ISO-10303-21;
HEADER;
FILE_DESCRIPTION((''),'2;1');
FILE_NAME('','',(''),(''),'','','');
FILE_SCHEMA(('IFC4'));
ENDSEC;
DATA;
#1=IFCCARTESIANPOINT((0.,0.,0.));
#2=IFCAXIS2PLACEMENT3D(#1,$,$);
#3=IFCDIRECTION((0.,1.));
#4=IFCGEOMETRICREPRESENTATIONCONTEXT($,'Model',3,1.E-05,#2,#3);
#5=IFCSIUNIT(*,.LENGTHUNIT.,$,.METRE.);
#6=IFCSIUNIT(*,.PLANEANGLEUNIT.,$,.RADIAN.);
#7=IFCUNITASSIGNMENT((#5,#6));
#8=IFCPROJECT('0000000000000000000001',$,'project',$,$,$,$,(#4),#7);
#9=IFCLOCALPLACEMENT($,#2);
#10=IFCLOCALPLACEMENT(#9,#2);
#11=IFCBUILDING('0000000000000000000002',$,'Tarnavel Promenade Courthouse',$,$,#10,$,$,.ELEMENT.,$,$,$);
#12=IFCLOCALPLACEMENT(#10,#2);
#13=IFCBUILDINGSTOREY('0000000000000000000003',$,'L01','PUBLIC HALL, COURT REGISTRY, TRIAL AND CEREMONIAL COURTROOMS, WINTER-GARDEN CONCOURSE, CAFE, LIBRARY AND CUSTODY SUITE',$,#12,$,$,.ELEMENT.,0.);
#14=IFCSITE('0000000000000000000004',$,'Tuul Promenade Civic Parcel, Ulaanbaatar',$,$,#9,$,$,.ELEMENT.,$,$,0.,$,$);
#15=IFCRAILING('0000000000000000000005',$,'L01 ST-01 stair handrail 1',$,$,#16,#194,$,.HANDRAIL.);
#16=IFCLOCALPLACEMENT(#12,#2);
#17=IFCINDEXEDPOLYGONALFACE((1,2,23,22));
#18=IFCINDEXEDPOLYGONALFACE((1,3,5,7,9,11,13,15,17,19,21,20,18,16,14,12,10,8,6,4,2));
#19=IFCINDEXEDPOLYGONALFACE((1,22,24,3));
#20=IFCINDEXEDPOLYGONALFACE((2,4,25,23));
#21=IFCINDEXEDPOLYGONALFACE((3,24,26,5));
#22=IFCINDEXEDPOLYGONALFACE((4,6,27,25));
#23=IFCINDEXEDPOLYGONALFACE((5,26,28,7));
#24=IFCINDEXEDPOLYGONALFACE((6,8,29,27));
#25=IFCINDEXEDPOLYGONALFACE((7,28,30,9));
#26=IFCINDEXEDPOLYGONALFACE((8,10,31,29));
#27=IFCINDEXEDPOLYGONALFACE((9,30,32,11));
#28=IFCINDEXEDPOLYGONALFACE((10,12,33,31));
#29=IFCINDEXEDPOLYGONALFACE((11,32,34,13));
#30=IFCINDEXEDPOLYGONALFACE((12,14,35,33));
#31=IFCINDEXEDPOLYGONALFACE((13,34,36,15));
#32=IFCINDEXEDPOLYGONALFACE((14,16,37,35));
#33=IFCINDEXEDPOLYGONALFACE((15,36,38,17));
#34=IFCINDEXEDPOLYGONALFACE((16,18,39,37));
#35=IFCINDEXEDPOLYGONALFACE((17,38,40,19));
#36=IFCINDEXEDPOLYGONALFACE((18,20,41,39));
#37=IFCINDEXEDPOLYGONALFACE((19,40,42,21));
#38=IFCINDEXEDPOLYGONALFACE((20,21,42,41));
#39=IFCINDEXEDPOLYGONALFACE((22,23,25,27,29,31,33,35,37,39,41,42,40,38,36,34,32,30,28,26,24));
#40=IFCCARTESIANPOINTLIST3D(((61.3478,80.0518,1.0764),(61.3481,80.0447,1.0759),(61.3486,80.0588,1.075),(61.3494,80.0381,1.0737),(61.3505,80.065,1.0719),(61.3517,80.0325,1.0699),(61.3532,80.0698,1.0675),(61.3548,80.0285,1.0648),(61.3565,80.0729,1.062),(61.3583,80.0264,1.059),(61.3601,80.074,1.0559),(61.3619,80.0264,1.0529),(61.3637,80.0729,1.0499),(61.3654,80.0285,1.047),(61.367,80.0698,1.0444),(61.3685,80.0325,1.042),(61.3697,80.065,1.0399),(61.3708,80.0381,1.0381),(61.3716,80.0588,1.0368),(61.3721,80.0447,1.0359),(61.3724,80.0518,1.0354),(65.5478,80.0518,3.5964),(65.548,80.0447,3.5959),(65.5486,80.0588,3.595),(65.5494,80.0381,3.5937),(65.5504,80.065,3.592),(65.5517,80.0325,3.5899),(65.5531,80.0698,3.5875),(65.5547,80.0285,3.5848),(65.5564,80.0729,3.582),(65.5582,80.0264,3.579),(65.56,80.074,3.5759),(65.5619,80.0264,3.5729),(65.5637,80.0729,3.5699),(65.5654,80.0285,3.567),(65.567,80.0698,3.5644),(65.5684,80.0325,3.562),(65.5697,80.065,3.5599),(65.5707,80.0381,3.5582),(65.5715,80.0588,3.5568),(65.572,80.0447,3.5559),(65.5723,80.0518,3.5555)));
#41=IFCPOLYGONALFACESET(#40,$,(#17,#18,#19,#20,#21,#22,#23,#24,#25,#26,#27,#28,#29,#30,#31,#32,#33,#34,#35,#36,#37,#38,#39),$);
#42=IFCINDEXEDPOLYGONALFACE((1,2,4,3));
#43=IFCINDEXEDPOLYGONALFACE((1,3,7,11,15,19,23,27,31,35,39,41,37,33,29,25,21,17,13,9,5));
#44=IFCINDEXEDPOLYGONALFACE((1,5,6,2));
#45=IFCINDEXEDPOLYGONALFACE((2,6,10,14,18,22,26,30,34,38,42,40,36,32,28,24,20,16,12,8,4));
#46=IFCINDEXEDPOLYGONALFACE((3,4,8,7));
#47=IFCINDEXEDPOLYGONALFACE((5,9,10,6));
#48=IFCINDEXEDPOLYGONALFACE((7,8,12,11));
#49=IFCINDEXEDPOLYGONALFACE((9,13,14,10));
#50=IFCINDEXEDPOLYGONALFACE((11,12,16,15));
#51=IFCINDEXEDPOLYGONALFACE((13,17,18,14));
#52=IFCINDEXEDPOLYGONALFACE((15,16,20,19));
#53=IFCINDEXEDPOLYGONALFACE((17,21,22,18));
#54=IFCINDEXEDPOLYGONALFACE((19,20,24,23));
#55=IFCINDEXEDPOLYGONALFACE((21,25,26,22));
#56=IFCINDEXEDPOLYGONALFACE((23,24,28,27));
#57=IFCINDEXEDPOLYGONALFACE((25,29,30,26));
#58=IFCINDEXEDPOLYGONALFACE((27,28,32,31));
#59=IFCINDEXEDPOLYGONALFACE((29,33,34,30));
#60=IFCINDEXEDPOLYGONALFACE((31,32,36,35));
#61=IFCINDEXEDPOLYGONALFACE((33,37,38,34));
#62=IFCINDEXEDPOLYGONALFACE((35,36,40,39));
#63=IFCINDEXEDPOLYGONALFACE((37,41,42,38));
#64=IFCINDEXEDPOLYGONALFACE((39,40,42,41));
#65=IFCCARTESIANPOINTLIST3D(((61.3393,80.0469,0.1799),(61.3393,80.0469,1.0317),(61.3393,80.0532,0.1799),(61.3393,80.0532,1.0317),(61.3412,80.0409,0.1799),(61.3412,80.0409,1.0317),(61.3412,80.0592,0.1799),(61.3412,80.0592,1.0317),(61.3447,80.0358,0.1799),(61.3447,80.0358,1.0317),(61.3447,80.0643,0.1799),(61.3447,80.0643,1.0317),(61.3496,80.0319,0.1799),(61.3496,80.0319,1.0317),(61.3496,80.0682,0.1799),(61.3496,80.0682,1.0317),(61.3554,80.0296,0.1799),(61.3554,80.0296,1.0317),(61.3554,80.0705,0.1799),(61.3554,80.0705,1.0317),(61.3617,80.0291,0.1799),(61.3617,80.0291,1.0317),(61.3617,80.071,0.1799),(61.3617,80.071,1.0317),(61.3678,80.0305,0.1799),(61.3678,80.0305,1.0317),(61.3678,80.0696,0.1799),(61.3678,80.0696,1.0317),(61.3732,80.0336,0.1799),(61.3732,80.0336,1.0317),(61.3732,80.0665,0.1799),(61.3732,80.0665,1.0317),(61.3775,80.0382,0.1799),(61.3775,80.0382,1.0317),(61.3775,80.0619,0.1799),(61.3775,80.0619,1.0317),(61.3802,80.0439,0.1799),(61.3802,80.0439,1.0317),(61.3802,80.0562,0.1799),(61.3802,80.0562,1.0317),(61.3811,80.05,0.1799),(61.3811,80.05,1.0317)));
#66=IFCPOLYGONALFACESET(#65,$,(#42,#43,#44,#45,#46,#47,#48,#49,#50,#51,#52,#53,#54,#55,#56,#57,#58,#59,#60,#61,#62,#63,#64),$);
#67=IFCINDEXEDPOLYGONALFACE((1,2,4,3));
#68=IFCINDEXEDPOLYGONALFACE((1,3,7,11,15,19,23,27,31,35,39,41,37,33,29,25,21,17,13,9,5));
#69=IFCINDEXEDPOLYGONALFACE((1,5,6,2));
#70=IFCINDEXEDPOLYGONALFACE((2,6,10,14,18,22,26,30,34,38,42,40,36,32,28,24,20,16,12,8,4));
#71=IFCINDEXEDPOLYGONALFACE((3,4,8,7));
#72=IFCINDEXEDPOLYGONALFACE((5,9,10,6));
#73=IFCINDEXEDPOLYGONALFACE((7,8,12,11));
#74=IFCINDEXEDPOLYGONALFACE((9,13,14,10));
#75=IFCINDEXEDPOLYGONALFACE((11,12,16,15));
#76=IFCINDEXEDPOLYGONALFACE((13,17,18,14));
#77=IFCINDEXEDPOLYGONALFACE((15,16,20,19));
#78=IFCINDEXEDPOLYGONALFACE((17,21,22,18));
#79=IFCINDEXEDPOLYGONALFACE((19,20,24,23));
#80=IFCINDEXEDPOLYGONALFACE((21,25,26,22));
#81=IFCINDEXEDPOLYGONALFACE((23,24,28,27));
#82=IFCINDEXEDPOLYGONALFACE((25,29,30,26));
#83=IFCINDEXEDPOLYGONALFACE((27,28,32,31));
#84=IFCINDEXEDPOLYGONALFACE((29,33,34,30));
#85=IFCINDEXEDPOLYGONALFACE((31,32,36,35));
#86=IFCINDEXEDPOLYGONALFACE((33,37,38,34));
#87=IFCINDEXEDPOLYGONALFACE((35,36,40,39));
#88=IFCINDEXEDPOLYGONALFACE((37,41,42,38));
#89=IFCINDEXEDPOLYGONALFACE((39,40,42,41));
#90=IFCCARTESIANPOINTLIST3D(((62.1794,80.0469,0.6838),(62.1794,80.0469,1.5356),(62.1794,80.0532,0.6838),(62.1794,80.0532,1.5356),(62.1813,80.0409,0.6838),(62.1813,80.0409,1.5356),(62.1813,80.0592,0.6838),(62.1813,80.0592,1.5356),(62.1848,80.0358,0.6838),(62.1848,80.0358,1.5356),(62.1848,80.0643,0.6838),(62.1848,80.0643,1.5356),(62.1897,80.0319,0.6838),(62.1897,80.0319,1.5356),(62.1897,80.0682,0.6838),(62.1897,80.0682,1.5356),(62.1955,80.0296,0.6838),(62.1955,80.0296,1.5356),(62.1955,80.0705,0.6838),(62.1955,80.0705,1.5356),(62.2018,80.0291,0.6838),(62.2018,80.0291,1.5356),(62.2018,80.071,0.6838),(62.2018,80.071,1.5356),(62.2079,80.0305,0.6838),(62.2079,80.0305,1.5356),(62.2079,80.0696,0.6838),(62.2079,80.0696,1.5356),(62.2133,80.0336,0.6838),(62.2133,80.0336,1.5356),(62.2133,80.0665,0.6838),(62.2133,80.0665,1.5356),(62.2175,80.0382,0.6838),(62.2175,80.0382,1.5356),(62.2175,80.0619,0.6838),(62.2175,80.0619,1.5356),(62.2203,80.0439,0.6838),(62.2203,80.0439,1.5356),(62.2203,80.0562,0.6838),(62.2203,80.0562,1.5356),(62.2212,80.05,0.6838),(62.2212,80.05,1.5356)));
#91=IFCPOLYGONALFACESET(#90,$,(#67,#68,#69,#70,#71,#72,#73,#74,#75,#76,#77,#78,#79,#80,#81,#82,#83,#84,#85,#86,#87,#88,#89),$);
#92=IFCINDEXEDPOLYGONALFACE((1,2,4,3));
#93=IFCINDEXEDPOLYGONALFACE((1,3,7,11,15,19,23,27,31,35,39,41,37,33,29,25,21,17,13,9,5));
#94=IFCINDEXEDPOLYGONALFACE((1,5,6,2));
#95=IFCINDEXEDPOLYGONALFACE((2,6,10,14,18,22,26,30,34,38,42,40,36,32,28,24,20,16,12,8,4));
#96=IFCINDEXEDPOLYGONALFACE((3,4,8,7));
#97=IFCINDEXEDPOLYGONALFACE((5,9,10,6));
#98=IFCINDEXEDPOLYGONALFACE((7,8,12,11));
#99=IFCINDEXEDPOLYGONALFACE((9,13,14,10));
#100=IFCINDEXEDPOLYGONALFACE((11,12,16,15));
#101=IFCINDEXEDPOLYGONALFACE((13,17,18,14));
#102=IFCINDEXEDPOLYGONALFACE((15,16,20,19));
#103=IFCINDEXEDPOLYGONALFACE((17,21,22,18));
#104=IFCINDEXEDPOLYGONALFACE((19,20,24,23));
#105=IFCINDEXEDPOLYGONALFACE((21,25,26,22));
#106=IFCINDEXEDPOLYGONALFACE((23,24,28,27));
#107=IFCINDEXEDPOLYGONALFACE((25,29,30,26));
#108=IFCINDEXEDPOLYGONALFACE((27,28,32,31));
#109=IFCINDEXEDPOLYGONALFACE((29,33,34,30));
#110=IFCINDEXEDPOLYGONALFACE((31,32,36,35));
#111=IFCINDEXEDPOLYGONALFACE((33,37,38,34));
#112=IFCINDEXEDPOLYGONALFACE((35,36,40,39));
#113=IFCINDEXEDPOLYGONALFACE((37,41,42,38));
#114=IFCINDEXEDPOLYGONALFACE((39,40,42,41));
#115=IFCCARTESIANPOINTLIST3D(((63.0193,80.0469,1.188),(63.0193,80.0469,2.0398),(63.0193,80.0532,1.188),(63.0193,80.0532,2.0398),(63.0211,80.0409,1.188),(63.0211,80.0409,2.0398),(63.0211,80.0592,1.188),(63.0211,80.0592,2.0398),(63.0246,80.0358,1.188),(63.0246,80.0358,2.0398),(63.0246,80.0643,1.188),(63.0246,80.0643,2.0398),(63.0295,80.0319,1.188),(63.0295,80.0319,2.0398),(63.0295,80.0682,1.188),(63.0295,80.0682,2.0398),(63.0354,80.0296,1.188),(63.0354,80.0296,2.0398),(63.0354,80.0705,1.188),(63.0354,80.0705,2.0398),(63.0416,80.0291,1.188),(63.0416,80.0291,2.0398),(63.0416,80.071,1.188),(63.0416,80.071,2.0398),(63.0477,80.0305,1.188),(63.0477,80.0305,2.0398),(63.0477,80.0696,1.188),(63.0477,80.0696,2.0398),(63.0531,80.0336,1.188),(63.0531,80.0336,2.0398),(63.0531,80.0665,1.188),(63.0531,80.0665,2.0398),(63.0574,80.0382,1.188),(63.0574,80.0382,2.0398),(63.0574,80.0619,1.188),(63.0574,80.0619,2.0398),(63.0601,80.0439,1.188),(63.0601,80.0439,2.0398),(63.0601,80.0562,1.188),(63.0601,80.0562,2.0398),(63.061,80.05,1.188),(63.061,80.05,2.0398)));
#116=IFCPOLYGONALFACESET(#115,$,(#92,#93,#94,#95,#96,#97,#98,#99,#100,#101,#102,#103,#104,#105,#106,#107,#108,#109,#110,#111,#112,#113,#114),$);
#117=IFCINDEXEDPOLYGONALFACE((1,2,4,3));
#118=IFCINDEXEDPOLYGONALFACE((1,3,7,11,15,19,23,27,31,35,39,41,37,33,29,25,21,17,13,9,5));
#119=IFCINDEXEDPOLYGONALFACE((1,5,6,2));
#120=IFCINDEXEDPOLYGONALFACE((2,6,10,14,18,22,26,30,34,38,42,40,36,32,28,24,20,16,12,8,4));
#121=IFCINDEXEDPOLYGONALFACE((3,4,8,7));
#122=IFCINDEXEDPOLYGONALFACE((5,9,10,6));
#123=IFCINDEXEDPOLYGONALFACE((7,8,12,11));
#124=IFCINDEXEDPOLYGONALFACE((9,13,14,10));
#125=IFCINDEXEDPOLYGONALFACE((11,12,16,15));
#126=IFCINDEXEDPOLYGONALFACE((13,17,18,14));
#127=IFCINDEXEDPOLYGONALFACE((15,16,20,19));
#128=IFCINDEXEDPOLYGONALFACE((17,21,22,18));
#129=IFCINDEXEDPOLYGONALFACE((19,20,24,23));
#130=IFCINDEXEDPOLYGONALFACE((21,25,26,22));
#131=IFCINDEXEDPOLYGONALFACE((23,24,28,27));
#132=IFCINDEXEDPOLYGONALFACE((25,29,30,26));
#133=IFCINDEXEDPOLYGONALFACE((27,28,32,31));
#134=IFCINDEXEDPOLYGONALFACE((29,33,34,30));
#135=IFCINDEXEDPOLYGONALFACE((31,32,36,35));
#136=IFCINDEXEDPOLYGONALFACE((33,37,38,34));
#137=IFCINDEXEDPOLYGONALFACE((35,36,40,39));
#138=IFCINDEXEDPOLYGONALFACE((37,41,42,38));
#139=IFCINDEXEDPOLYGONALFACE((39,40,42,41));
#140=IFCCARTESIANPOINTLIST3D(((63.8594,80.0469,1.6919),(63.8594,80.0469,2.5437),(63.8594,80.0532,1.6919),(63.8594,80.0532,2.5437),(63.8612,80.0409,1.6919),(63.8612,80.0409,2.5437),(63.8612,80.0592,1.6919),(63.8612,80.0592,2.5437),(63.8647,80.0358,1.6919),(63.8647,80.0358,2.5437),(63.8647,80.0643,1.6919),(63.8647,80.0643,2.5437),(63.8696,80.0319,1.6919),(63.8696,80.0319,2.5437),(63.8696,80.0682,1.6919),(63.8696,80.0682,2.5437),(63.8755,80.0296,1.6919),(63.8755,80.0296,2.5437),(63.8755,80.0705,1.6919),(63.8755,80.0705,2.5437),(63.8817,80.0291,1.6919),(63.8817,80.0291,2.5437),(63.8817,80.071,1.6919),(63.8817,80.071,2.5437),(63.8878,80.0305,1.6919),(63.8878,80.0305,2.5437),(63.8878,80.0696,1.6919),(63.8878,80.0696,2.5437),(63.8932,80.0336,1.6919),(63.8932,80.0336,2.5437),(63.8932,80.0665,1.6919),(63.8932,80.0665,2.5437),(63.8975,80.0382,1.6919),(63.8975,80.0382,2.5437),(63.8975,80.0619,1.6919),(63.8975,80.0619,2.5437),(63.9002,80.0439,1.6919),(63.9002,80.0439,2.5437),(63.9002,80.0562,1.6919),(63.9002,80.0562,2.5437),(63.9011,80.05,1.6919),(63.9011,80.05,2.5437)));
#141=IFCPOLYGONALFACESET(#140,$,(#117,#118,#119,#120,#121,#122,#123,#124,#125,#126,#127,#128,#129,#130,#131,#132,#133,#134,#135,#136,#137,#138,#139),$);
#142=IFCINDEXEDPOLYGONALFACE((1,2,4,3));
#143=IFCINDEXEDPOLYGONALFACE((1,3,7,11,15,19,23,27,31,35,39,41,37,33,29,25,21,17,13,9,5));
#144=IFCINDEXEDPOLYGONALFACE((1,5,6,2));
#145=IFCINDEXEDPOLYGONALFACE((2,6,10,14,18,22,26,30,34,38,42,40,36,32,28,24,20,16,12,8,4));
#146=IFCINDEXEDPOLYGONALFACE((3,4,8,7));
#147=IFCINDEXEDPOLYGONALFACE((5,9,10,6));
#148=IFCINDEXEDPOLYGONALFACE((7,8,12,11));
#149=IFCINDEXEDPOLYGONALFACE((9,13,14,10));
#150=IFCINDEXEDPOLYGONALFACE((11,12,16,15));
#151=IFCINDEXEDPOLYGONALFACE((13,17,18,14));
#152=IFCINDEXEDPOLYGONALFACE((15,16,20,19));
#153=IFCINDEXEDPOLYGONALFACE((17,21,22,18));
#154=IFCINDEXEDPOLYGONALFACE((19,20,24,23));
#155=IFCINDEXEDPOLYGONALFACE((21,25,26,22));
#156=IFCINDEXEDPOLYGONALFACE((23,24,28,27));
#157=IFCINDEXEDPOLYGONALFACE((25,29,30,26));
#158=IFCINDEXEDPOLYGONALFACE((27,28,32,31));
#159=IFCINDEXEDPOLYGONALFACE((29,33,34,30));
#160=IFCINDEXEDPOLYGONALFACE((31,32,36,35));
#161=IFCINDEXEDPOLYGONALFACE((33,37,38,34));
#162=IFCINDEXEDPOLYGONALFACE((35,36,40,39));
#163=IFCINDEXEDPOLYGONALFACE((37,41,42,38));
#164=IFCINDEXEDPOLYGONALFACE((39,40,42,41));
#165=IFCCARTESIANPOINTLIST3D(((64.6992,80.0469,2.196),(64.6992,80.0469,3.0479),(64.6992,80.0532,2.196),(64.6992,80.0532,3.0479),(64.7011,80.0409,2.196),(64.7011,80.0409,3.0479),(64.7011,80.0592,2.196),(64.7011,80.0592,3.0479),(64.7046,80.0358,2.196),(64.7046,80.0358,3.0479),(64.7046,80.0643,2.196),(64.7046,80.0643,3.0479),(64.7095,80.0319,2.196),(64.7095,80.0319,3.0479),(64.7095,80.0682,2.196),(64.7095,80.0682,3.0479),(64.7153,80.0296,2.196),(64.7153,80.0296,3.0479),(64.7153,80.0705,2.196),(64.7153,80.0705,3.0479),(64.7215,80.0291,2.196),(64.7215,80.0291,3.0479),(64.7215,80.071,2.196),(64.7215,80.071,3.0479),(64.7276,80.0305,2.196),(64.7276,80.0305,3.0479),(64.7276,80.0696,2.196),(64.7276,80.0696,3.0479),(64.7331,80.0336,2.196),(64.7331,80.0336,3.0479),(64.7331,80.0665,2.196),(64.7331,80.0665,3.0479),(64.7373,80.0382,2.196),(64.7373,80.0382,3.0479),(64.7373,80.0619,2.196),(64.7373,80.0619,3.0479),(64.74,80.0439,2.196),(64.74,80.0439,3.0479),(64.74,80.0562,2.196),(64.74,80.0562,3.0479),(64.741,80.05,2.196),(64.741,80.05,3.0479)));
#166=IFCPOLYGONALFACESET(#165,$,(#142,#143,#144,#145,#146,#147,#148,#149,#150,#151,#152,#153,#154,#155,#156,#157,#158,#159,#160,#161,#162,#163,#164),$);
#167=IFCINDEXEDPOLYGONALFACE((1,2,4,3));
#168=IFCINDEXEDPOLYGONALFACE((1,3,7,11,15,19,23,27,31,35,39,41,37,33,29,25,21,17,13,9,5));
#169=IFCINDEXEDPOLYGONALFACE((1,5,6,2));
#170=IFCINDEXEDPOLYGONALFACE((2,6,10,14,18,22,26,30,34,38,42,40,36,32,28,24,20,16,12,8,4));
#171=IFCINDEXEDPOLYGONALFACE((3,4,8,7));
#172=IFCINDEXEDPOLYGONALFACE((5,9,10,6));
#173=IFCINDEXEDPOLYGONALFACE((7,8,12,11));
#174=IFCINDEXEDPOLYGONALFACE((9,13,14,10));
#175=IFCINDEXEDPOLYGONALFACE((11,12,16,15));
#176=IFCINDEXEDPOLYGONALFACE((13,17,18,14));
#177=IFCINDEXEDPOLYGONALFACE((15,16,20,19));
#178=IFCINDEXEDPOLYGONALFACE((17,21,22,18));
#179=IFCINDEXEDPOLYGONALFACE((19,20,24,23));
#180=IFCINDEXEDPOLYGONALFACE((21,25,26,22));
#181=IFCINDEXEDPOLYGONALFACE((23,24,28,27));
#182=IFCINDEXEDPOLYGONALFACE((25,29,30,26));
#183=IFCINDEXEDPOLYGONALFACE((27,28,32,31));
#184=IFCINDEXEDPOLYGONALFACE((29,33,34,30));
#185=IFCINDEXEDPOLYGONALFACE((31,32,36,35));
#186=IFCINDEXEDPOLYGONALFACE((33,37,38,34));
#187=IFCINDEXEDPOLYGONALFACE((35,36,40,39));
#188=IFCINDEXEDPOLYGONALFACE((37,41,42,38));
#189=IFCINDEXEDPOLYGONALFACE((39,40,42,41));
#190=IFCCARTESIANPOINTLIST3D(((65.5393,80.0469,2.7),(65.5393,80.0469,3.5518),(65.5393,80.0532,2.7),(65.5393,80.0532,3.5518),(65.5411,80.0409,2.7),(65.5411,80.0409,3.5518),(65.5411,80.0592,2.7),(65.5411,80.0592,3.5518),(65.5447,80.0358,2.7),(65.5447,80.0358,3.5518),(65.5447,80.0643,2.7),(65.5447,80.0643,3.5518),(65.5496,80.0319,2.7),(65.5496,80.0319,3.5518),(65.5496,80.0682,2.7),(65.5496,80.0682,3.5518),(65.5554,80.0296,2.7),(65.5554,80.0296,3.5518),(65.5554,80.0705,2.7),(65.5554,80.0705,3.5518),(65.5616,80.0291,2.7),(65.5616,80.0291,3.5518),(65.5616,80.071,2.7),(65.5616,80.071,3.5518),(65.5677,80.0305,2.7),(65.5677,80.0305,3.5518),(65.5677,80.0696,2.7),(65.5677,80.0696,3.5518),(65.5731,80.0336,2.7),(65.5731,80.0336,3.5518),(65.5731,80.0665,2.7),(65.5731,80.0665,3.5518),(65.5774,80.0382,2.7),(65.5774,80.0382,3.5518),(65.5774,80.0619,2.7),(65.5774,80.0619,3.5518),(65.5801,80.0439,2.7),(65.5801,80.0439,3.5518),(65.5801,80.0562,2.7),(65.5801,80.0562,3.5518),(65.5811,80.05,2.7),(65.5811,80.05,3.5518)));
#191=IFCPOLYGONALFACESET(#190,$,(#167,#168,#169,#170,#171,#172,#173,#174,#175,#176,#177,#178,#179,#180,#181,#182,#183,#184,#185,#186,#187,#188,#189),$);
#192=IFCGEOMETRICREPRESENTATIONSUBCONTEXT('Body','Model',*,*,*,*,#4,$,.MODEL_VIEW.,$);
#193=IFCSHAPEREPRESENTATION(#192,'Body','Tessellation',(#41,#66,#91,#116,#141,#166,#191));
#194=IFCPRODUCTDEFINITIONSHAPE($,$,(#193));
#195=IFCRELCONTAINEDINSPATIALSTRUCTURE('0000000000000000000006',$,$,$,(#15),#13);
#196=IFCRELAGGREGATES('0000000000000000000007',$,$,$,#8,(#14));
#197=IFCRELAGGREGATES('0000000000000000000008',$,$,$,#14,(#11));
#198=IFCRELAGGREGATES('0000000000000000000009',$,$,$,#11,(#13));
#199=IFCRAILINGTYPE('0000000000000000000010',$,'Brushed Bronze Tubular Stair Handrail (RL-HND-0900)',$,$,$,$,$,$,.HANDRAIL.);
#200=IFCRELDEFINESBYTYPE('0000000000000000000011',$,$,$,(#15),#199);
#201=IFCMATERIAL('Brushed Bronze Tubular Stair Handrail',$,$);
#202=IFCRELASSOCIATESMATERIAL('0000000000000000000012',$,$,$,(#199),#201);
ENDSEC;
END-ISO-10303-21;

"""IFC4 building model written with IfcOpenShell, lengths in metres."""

from ifc_helpers import new_model, si_unit, direction, frame, origin, origin_2d, place, context, subcontext, project, spatial, circle, extrude, material, type_object, element, save


model = new_model("IFC4")

# Units and contexts
model_context = context("Model", 3, precision=1e-05, world=origin(), true_north=direction((0.0, 1.0)))
body_context = subcontext(model_context, "Body", "Model", "MODEL_VIEW")
ifc_project = project(units=[si_unit("LENGTHUNIT", "METRE"), si_unit("PLANEANGLEUNIT", "RADIAN")], contexts=[model_context])

# Site, building, storey
site_placement = place(None, origin())
site = spatial("IfcSite", under=ifc_project, at=site_placement, Name="Tuul Promenade Civic Parcel, Ulaanbaatar", CompositionType="ELEMENT", RefElevation=0.0)
building_placement = place(site_placement, origin())
building = spatial("IfcBuilding", under=site, at=building_placement, Name="Tarnavel Promenade Courthouse", CompositionType="ELEMENT")
storey_placement = place(building_placement, origin())
storey = spatial("IfcBuildingStorey", under=building, at=storey_placement, Name="L01", Description="PUBLIC HALL, COURT REGISTRY, TRIAL AND CEREMONIAL COURTROOMS, WINTER-GARDEN CONCOURSE, CAFE, LIBRARY AND CUSTODY SUITE", CompositionType="ELEMENT", Elevation=0.0)

# Railing
ifc_material_1 = material(Name="Brushed Bronze Tubular Stair Handrail")
railing_type_1 = type_object("IfcRailingType", Name="Brushed Bronze Tubular Stair Handrail (RL-HND-0900)", PredefinedType="HANDRAIL", material=ifc_material_1)
railing_1_placement = place(storey_placement, frame((61.3601, 80.05, 0.1799)))
element("IfcRailing", 1, at=railing_1_placement, inside=storey, type_object=railing_type_1, Name="L01 ST-01 stair handrail 1", PredefinedType="HANDRAIL", context=body_context, shape_type="SweptSolid", body=[
    extrude(circle(Radius=0.0239, at=origin_2d()), frame((0.0, 0.0, 0.876), z_axis=(0.857489, 0.0, 0.514503), x_axis=(0.0, 1.0, 0.0)), (0.0, 0.0, 1.0), 4.8979),
    extrude(circle(Radius=0.021, at=origin_2d()), origin(), (0.0, 0.0, 1.0), 0.8518),
    extrude(circle(Radius=0.021, at=origin_2d()), frame((0.8401, 0.0, 0.5039)), (0.0, 0.0, 1.0), 0.8518),
    extrude(circle(Radius=0.021, at=origin_2d()), frame((1.6799, 0.0, 1.0081)), (0.0, 0.0, 1.0), 0.8518),
    extrude(circle(Radius=0.021, at=origin_2d()), frame((2.52, 0.0, 1.512)), (0.0, 0.0, 1.0), 0.8518),
    extrude(circle(Radius=0.021, at=origin_2d()), frame((3.3599, 0.0, 2.0161)), (0.0, 0.0, 1.0), 0.8518),
    extrude(circle(Radius=0.021, at=origin_2d()), frame((4.2, 0.0, 2.52)), (0.0, 0.0, 1.0), 0.8518),
])

save(model, "model.ifc")
